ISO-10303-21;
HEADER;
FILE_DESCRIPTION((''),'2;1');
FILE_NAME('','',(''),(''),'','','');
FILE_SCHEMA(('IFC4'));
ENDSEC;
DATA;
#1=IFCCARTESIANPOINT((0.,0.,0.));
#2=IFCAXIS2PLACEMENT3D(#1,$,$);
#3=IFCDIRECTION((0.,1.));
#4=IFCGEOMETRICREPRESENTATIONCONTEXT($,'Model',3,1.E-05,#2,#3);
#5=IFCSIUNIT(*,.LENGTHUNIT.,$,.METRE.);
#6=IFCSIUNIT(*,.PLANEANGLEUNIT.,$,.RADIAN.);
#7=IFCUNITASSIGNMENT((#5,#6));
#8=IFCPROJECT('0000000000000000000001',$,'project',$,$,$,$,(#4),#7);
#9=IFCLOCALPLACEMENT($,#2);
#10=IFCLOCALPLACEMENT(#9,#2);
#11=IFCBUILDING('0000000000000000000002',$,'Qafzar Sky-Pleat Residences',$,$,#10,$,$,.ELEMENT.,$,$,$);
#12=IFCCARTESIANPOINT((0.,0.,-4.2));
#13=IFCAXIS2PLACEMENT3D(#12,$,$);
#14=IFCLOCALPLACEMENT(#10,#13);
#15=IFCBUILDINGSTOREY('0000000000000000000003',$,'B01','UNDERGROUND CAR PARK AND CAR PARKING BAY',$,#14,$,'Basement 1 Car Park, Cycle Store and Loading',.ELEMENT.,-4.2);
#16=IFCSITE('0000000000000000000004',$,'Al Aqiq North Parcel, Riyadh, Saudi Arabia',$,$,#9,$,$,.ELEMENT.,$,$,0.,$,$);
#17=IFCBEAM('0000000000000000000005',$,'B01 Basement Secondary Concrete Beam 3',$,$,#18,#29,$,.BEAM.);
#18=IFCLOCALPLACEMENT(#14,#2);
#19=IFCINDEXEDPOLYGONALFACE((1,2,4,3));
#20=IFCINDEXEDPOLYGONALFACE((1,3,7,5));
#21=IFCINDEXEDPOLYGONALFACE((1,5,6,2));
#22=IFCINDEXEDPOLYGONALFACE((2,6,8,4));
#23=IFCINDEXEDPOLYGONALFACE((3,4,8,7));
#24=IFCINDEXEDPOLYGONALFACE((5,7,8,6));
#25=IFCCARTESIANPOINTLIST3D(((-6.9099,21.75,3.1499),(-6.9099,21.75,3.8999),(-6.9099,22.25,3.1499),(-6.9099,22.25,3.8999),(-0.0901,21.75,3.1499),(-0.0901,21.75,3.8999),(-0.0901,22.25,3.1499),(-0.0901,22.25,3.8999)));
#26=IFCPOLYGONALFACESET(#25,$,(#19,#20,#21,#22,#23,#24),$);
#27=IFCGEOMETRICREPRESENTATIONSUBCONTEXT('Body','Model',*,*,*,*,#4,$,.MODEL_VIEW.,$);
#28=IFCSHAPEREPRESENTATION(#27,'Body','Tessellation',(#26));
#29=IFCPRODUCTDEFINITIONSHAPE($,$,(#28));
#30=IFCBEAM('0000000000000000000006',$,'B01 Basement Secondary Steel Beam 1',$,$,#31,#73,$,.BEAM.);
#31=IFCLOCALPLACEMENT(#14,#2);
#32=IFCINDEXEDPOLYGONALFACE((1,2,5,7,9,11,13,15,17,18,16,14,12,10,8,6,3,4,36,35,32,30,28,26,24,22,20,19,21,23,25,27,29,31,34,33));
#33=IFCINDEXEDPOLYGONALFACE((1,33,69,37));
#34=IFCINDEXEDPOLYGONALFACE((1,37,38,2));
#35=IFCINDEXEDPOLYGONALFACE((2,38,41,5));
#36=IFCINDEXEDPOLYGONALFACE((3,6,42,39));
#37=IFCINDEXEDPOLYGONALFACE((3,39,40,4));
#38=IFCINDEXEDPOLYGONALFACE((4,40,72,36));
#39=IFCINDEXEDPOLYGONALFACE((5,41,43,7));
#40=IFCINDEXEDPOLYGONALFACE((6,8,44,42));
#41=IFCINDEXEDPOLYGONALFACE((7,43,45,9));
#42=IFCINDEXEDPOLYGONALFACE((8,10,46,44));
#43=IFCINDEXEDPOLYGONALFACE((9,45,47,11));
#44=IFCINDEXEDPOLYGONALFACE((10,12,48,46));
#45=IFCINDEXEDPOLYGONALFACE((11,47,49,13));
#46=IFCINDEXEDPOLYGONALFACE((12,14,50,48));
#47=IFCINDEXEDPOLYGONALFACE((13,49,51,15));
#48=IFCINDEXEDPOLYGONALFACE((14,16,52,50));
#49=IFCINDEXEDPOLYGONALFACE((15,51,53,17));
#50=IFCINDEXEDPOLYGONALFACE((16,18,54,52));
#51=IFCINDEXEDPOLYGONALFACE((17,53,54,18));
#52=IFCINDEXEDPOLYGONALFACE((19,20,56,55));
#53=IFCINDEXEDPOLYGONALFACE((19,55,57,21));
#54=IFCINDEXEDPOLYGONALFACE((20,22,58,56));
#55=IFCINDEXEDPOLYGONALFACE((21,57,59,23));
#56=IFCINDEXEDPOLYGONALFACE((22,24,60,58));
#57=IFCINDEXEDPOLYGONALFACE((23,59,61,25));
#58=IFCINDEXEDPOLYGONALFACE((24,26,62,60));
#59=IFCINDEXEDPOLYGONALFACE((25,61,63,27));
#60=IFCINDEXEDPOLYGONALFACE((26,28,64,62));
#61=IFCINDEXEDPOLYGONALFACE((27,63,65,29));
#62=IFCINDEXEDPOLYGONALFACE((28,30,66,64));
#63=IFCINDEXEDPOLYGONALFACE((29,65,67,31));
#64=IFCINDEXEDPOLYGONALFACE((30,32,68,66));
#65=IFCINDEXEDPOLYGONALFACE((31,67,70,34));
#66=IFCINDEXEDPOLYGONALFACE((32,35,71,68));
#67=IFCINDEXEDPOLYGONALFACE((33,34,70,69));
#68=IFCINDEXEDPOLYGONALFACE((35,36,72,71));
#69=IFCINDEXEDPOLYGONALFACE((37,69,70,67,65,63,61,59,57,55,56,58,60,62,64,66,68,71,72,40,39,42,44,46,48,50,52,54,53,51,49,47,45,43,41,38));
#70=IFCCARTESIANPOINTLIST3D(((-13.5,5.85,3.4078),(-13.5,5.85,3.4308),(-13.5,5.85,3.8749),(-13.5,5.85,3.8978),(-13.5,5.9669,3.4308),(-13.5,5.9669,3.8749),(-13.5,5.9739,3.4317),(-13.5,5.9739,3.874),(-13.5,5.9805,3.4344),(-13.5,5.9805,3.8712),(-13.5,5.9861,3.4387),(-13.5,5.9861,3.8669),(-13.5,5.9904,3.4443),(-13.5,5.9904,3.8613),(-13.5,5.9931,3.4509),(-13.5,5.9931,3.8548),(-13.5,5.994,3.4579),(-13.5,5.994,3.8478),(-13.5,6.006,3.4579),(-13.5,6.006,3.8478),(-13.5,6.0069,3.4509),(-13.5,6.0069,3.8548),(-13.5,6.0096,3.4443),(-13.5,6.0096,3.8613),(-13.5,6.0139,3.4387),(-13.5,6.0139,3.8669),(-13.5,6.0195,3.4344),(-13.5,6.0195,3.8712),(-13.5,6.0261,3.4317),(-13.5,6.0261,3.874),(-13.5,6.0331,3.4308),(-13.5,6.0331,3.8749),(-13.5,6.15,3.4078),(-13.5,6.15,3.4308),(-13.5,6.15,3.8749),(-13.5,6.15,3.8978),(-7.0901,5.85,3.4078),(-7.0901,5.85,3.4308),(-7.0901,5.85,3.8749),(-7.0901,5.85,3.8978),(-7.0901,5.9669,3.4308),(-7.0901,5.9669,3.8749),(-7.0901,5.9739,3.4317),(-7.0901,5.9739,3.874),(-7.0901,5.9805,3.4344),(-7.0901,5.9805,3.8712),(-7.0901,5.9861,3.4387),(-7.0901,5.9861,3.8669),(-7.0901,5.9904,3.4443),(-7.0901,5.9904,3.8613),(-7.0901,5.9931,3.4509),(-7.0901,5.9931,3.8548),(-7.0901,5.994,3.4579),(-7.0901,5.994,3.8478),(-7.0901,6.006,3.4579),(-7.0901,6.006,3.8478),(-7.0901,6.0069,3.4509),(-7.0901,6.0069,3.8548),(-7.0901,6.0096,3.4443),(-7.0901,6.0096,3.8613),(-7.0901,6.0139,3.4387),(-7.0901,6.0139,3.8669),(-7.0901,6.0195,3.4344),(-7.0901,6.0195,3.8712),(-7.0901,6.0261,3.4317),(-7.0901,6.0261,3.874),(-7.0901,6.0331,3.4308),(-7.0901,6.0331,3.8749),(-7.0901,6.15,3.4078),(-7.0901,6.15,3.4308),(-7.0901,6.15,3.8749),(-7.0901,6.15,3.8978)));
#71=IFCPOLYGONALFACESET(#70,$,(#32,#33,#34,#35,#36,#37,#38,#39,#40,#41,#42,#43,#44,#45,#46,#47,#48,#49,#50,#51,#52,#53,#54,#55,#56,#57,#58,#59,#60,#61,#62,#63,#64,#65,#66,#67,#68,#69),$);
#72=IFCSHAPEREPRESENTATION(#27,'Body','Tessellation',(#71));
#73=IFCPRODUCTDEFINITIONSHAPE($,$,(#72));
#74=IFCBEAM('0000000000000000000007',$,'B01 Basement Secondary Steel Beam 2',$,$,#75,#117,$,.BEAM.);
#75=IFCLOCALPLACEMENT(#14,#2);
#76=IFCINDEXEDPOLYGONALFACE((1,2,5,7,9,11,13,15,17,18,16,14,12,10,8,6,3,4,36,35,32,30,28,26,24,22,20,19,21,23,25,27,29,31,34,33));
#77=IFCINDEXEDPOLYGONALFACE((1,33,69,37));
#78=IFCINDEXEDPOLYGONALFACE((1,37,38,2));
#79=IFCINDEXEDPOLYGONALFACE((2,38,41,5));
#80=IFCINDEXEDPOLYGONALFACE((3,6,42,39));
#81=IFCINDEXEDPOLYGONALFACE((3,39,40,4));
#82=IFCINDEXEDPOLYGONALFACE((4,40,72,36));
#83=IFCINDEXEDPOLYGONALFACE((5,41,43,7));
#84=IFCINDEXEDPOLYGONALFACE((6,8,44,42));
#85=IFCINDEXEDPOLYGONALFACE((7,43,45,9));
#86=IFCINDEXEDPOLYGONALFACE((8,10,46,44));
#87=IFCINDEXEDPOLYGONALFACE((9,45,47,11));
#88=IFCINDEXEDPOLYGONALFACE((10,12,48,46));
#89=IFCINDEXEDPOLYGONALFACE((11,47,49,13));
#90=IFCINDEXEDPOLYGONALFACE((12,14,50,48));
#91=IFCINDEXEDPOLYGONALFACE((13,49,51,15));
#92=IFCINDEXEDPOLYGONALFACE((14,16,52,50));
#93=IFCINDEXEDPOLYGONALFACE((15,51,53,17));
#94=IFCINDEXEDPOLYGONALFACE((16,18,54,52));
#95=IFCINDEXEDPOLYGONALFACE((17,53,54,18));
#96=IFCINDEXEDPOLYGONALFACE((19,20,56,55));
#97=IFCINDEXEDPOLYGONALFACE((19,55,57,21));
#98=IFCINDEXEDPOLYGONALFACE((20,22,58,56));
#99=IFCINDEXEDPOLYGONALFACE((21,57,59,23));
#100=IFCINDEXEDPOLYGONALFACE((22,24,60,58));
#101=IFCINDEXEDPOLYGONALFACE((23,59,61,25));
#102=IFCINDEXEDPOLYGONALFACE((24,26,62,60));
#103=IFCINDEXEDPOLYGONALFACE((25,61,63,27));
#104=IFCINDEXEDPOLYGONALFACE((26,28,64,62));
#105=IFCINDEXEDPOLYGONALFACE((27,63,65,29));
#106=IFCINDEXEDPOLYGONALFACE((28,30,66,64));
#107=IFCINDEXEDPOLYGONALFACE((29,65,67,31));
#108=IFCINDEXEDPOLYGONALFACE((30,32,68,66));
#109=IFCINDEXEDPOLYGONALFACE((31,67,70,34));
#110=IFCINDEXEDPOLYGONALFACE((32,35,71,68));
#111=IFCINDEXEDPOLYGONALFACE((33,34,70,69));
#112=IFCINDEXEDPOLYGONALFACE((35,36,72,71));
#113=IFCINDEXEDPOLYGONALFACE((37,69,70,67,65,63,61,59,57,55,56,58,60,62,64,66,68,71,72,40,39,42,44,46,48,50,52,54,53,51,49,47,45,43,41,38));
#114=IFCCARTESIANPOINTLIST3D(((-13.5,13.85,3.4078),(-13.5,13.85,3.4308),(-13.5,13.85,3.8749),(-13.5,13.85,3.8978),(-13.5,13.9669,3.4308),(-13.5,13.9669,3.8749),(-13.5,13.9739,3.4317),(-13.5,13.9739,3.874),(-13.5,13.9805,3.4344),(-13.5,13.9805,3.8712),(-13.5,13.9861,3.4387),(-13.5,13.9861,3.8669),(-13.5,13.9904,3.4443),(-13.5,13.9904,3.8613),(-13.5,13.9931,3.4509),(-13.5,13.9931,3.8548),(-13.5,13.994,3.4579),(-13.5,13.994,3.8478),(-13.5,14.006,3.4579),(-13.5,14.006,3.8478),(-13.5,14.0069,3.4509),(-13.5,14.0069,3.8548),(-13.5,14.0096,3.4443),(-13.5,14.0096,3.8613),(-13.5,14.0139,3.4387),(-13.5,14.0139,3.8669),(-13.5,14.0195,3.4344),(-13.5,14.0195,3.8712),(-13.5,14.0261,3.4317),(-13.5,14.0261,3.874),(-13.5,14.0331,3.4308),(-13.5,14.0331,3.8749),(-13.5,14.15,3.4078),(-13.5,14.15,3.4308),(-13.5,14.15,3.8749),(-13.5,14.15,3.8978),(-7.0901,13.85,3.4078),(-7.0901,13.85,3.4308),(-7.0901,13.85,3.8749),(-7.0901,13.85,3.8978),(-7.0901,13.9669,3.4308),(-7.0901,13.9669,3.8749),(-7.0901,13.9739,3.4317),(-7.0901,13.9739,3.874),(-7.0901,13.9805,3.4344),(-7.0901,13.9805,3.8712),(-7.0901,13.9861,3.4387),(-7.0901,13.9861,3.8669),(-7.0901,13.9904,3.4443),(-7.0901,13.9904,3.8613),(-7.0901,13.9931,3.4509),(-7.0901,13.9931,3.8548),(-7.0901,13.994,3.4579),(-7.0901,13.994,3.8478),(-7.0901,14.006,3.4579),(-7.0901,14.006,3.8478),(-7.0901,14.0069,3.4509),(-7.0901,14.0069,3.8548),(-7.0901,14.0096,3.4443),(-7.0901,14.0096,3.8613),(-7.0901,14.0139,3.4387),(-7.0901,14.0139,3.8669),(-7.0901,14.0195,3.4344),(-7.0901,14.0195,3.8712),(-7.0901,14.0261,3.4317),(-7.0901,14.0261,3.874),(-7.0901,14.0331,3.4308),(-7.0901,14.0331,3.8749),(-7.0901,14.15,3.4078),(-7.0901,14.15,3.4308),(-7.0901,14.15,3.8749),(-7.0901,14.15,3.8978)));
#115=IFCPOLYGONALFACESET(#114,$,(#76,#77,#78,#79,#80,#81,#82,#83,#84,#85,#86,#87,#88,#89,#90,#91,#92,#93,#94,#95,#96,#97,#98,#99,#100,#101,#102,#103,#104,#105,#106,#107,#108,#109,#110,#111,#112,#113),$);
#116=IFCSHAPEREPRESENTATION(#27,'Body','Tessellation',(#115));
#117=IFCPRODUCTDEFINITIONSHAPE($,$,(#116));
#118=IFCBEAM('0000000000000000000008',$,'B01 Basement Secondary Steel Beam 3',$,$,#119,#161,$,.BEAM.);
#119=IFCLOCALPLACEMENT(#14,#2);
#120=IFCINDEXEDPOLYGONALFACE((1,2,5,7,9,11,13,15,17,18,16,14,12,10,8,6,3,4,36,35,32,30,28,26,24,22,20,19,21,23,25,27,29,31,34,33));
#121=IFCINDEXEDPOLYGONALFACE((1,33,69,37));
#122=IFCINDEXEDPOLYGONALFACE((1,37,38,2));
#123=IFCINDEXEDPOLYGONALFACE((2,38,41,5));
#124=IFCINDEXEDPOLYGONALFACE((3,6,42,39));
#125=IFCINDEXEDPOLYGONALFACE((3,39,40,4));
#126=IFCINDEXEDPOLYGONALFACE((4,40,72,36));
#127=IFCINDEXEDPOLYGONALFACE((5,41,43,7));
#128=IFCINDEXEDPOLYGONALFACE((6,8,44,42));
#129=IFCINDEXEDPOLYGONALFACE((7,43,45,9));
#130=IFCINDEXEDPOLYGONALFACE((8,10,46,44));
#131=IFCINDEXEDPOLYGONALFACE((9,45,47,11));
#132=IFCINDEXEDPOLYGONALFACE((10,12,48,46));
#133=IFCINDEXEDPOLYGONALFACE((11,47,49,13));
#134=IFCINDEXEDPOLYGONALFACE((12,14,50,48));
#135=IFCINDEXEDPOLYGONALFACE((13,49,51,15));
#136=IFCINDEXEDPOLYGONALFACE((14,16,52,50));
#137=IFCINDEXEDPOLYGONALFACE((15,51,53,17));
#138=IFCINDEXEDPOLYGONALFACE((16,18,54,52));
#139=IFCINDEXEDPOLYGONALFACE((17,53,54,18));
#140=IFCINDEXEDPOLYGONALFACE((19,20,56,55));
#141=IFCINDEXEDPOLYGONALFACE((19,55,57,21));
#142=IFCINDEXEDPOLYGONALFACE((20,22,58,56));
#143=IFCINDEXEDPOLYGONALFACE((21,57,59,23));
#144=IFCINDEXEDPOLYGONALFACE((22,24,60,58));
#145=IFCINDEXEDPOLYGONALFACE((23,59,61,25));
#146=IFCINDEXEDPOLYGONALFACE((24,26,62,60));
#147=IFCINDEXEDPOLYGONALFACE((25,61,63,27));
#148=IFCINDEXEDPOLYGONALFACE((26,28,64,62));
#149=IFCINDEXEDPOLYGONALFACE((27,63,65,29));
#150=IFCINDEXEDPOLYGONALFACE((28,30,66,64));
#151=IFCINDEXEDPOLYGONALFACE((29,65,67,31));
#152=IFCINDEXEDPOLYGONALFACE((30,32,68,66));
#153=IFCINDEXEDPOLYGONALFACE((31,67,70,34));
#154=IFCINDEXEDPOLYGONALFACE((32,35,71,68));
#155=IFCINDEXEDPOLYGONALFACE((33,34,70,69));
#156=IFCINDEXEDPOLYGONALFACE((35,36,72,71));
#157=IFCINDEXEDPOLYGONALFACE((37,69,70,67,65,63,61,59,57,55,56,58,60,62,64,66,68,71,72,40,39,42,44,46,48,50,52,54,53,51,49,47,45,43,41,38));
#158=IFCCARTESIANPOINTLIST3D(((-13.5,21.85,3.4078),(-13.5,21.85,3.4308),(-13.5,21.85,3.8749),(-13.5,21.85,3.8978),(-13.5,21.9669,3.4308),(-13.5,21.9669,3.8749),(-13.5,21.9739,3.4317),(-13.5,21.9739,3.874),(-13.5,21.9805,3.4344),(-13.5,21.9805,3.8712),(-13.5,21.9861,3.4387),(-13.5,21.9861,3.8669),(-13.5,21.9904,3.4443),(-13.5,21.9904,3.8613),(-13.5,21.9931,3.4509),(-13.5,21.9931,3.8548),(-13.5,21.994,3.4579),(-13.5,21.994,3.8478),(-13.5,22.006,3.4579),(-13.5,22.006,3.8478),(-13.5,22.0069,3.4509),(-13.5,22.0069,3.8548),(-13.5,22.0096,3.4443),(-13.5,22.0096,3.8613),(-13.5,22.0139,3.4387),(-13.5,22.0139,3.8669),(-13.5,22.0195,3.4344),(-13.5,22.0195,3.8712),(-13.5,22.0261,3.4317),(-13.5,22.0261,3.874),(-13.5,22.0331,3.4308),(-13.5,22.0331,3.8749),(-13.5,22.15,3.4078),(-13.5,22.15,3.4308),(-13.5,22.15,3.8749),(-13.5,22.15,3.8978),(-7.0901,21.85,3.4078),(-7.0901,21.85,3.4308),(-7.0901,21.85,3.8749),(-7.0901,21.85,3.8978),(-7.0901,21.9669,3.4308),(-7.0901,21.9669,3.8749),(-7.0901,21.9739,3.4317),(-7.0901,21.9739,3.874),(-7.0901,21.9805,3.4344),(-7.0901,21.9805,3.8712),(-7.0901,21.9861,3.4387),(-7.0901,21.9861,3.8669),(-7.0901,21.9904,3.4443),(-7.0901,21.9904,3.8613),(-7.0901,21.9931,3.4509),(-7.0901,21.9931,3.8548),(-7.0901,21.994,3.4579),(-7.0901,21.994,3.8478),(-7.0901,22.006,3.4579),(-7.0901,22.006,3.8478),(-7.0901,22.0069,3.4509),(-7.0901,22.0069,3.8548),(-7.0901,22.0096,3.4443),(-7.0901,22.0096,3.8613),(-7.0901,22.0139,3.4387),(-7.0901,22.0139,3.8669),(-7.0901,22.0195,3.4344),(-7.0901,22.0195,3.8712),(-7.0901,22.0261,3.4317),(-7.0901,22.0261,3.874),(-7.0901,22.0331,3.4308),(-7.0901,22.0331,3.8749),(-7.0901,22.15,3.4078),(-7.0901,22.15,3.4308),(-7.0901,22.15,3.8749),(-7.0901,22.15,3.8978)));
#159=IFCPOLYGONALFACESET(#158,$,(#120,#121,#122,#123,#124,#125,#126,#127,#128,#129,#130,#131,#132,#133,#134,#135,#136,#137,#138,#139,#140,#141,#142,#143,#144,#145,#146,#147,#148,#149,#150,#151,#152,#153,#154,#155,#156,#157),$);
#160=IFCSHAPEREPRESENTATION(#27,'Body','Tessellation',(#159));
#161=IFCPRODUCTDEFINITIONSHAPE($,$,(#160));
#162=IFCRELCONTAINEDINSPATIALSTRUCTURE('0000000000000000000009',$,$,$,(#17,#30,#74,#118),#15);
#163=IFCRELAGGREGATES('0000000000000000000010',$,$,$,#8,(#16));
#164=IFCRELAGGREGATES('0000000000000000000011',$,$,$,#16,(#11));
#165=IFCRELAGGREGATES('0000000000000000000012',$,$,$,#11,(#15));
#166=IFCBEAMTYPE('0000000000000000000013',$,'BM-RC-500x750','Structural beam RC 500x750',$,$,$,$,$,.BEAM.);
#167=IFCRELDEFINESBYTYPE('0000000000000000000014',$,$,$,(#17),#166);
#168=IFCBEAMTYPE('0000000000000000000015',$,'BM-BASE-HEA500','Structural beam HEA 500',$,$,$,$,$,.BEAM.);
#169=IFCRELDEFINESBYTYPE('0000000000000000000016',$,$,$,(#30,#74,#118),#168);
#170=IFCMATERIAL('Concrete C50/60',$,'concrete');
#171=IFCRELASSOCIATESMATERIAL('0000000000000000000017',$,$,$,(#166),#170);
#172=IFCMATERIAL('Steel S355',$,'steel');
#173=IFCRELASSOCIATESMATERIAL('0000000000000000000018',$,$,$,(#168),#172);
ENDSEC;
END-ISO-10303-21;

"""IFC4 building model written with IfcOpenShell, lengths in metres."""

from ifc_helpers import new_model, si_unit, direction, frame, origin, origin_2d, place, context, subcontext, project, spatial, rectangle, i_section, extrude, source, transform, mapped, material, material_profile, profile_set, type_object, element, save


model = new_model("IFC4")

# Units and contexts
model_context = context("Model", 3, precision=1e-05, world=origin(), true_north=direction((0.0, 1.0)))
body_context = subcontext(model_context, "Body", "Model", "MODEL_VIEW")
ifc_project = project(units=[si_unit("LENGTHUNIT", "METRE"), si_unit("PLANEANGLEUNIT", "RADIAN")], contexts=[model_context])

# Site, building, storey
site_placement = place(None, origin())
site = spatial("IfcSite", under=ifc_project, at=site_placement, Name="Al Aqiq North Parcel, Riyadh, Saudi Arabia", CompositionType="ELEMENT", RefElevation=0.0)
building_placement = place(site_placement, origin())
building = spatial("IfcBuilding", under=site, at=building_placement, Name="Qafzar Sky-Pleat Residences", CompositionType="ELEMENT")
storey_placement = place(building_placement, frame((0.0, 0.0, -4.2)))
storey = spatial("IfcBuildingStorey", under=building, at=storey_placement, Name="B01", Description="UNDERGROUND CAR PARK AND CAR PARKING BAY", LongName="Basement 1 Car Park, Cycle Store and Loading", CompositionType="ELEMENT", Elevation=-4.2)

# Shared definitions
ifc_material_1 = material(Name="Steel S355", Category="steel")

# Beams
ifc_material_2 = material(Name="Concrete C50/60", Category="concrete")
ifc_material_profile_1 = material_profile(ifc_material_2, rectangle(XDim=0.5, YDim=0.75, at=origin_2d()), Name="RC 500x750")
ifc_profile_set_1 = profile_set([ifc_material_profile_1], Name="Concrete C50/60")
beam_type_1 = type_object("IfcBeamType", Name="BM-RC-500x750", Description="Structural beam RC 500x750", PredefinedType="BEAM", material=ifc_profile_set_1)
shared_shape_1 = source(origin(), body_context, "Body", "SweptSolid", [
    extrude(rectangle(XDim=0.5, YDim=0.75, at=origin_2d()), origin(), (0.0, 0.0, 1.0), 6.8198),
])
for number, where, z_axis, x_axis, name in (
    (1, (-6.9099, 22.0, 3.5249), (1.0, 0.0, 0.0), (0.0, 1.0, 0.0), "B01 Basement Secondary Concrete Beam 3"),
):
    element("IfcBeam", number, at=place(storey_placement, frame(where, z_axis=z_axis, x_axis=x_axis)), inside=storey, type_object=beam_type_1, Name=name, PredefinedType="BEAM", context=body_context, shape_type="MappedRepresentation", body=[
        mapped(shared_shape_1, transform((0.0, 0.0, 0.0), x_axis=(1.0, 0.0, 0.0), y_axis=(0.0, 1.0, 0.0), z_axis=(0.0, 0.0, 1.0), scale=1.0)),
    ])
ifc_material_profile_2 = material_profile(ifc_material_1, i_section(OverallWidth=0.3, OverallDepth=0.49, WebThickness=0.012, FlangeThickness=0.0229, FilletRadius=0.0271, at=origin_2d()), Name="HEA 500")
ifc_profile_set_2 = profile_set([ifc_material_profile_2], Name="Steel S355")
beam_type_2 = type_object("IfcBeamType", Name="BM-BASE-HEA500", Description="Structural beam HEA 500", PredefinedType="BEAM", material=ifc_profile_set_2)
shared_shape_2 = source(origin(), body_context, "Body", "SweptSolid", [
    extrude(i_section(OverallWidth=0.3, OverallDepth=0.49, WebThickness=0.012, FlangeThickness=0.0229, FilletRadius=0.0271, at=origin_2d()), origin(), (0.0, 0.0, 1.0), 6.4099),
])
for number, where, z_axis, x_axis, name in (
    (2, (-13.5, 6.0, 3.6528), (1.0, 0.0, 0.0), (0.0, 1.0, 0.0), "B01 Basement Secondary Steel Beam 1"),
    (3, (-13.5, 14.0, 3.6528), (1.0, 0.0, 0.0), (0.0, 1.0, 0.0), "B01 Basement Secondary Steel Beam 2"),
    (4, (-13.5, 22.0, 3.6528), (1.0, 0.0, 0.0), (0.0, 1.0, 0.0), "B01 Basement Secondary Steel Beam 3"),
):
    element("IfcBeam", number, at=place(storey_placement, frame(where, z_axis=z_axis, x_axis=x_axis)), inside=storey, type_object=beam_type_2, Name=name, PredefinedType="BEAM", context=body_context, shape_type="MappedRepresentation", body=[
        mapped(shared_shape_2, transform((0.0, 0.0, 0.0), x_axis=(1.0, 0.0, 0.0), y_axis=(0.0, 1.0, 0.0), z_axis=(0.0, 0.0, 1.0), scale=1.0)),
    ])

save(model, "model.ifc")
